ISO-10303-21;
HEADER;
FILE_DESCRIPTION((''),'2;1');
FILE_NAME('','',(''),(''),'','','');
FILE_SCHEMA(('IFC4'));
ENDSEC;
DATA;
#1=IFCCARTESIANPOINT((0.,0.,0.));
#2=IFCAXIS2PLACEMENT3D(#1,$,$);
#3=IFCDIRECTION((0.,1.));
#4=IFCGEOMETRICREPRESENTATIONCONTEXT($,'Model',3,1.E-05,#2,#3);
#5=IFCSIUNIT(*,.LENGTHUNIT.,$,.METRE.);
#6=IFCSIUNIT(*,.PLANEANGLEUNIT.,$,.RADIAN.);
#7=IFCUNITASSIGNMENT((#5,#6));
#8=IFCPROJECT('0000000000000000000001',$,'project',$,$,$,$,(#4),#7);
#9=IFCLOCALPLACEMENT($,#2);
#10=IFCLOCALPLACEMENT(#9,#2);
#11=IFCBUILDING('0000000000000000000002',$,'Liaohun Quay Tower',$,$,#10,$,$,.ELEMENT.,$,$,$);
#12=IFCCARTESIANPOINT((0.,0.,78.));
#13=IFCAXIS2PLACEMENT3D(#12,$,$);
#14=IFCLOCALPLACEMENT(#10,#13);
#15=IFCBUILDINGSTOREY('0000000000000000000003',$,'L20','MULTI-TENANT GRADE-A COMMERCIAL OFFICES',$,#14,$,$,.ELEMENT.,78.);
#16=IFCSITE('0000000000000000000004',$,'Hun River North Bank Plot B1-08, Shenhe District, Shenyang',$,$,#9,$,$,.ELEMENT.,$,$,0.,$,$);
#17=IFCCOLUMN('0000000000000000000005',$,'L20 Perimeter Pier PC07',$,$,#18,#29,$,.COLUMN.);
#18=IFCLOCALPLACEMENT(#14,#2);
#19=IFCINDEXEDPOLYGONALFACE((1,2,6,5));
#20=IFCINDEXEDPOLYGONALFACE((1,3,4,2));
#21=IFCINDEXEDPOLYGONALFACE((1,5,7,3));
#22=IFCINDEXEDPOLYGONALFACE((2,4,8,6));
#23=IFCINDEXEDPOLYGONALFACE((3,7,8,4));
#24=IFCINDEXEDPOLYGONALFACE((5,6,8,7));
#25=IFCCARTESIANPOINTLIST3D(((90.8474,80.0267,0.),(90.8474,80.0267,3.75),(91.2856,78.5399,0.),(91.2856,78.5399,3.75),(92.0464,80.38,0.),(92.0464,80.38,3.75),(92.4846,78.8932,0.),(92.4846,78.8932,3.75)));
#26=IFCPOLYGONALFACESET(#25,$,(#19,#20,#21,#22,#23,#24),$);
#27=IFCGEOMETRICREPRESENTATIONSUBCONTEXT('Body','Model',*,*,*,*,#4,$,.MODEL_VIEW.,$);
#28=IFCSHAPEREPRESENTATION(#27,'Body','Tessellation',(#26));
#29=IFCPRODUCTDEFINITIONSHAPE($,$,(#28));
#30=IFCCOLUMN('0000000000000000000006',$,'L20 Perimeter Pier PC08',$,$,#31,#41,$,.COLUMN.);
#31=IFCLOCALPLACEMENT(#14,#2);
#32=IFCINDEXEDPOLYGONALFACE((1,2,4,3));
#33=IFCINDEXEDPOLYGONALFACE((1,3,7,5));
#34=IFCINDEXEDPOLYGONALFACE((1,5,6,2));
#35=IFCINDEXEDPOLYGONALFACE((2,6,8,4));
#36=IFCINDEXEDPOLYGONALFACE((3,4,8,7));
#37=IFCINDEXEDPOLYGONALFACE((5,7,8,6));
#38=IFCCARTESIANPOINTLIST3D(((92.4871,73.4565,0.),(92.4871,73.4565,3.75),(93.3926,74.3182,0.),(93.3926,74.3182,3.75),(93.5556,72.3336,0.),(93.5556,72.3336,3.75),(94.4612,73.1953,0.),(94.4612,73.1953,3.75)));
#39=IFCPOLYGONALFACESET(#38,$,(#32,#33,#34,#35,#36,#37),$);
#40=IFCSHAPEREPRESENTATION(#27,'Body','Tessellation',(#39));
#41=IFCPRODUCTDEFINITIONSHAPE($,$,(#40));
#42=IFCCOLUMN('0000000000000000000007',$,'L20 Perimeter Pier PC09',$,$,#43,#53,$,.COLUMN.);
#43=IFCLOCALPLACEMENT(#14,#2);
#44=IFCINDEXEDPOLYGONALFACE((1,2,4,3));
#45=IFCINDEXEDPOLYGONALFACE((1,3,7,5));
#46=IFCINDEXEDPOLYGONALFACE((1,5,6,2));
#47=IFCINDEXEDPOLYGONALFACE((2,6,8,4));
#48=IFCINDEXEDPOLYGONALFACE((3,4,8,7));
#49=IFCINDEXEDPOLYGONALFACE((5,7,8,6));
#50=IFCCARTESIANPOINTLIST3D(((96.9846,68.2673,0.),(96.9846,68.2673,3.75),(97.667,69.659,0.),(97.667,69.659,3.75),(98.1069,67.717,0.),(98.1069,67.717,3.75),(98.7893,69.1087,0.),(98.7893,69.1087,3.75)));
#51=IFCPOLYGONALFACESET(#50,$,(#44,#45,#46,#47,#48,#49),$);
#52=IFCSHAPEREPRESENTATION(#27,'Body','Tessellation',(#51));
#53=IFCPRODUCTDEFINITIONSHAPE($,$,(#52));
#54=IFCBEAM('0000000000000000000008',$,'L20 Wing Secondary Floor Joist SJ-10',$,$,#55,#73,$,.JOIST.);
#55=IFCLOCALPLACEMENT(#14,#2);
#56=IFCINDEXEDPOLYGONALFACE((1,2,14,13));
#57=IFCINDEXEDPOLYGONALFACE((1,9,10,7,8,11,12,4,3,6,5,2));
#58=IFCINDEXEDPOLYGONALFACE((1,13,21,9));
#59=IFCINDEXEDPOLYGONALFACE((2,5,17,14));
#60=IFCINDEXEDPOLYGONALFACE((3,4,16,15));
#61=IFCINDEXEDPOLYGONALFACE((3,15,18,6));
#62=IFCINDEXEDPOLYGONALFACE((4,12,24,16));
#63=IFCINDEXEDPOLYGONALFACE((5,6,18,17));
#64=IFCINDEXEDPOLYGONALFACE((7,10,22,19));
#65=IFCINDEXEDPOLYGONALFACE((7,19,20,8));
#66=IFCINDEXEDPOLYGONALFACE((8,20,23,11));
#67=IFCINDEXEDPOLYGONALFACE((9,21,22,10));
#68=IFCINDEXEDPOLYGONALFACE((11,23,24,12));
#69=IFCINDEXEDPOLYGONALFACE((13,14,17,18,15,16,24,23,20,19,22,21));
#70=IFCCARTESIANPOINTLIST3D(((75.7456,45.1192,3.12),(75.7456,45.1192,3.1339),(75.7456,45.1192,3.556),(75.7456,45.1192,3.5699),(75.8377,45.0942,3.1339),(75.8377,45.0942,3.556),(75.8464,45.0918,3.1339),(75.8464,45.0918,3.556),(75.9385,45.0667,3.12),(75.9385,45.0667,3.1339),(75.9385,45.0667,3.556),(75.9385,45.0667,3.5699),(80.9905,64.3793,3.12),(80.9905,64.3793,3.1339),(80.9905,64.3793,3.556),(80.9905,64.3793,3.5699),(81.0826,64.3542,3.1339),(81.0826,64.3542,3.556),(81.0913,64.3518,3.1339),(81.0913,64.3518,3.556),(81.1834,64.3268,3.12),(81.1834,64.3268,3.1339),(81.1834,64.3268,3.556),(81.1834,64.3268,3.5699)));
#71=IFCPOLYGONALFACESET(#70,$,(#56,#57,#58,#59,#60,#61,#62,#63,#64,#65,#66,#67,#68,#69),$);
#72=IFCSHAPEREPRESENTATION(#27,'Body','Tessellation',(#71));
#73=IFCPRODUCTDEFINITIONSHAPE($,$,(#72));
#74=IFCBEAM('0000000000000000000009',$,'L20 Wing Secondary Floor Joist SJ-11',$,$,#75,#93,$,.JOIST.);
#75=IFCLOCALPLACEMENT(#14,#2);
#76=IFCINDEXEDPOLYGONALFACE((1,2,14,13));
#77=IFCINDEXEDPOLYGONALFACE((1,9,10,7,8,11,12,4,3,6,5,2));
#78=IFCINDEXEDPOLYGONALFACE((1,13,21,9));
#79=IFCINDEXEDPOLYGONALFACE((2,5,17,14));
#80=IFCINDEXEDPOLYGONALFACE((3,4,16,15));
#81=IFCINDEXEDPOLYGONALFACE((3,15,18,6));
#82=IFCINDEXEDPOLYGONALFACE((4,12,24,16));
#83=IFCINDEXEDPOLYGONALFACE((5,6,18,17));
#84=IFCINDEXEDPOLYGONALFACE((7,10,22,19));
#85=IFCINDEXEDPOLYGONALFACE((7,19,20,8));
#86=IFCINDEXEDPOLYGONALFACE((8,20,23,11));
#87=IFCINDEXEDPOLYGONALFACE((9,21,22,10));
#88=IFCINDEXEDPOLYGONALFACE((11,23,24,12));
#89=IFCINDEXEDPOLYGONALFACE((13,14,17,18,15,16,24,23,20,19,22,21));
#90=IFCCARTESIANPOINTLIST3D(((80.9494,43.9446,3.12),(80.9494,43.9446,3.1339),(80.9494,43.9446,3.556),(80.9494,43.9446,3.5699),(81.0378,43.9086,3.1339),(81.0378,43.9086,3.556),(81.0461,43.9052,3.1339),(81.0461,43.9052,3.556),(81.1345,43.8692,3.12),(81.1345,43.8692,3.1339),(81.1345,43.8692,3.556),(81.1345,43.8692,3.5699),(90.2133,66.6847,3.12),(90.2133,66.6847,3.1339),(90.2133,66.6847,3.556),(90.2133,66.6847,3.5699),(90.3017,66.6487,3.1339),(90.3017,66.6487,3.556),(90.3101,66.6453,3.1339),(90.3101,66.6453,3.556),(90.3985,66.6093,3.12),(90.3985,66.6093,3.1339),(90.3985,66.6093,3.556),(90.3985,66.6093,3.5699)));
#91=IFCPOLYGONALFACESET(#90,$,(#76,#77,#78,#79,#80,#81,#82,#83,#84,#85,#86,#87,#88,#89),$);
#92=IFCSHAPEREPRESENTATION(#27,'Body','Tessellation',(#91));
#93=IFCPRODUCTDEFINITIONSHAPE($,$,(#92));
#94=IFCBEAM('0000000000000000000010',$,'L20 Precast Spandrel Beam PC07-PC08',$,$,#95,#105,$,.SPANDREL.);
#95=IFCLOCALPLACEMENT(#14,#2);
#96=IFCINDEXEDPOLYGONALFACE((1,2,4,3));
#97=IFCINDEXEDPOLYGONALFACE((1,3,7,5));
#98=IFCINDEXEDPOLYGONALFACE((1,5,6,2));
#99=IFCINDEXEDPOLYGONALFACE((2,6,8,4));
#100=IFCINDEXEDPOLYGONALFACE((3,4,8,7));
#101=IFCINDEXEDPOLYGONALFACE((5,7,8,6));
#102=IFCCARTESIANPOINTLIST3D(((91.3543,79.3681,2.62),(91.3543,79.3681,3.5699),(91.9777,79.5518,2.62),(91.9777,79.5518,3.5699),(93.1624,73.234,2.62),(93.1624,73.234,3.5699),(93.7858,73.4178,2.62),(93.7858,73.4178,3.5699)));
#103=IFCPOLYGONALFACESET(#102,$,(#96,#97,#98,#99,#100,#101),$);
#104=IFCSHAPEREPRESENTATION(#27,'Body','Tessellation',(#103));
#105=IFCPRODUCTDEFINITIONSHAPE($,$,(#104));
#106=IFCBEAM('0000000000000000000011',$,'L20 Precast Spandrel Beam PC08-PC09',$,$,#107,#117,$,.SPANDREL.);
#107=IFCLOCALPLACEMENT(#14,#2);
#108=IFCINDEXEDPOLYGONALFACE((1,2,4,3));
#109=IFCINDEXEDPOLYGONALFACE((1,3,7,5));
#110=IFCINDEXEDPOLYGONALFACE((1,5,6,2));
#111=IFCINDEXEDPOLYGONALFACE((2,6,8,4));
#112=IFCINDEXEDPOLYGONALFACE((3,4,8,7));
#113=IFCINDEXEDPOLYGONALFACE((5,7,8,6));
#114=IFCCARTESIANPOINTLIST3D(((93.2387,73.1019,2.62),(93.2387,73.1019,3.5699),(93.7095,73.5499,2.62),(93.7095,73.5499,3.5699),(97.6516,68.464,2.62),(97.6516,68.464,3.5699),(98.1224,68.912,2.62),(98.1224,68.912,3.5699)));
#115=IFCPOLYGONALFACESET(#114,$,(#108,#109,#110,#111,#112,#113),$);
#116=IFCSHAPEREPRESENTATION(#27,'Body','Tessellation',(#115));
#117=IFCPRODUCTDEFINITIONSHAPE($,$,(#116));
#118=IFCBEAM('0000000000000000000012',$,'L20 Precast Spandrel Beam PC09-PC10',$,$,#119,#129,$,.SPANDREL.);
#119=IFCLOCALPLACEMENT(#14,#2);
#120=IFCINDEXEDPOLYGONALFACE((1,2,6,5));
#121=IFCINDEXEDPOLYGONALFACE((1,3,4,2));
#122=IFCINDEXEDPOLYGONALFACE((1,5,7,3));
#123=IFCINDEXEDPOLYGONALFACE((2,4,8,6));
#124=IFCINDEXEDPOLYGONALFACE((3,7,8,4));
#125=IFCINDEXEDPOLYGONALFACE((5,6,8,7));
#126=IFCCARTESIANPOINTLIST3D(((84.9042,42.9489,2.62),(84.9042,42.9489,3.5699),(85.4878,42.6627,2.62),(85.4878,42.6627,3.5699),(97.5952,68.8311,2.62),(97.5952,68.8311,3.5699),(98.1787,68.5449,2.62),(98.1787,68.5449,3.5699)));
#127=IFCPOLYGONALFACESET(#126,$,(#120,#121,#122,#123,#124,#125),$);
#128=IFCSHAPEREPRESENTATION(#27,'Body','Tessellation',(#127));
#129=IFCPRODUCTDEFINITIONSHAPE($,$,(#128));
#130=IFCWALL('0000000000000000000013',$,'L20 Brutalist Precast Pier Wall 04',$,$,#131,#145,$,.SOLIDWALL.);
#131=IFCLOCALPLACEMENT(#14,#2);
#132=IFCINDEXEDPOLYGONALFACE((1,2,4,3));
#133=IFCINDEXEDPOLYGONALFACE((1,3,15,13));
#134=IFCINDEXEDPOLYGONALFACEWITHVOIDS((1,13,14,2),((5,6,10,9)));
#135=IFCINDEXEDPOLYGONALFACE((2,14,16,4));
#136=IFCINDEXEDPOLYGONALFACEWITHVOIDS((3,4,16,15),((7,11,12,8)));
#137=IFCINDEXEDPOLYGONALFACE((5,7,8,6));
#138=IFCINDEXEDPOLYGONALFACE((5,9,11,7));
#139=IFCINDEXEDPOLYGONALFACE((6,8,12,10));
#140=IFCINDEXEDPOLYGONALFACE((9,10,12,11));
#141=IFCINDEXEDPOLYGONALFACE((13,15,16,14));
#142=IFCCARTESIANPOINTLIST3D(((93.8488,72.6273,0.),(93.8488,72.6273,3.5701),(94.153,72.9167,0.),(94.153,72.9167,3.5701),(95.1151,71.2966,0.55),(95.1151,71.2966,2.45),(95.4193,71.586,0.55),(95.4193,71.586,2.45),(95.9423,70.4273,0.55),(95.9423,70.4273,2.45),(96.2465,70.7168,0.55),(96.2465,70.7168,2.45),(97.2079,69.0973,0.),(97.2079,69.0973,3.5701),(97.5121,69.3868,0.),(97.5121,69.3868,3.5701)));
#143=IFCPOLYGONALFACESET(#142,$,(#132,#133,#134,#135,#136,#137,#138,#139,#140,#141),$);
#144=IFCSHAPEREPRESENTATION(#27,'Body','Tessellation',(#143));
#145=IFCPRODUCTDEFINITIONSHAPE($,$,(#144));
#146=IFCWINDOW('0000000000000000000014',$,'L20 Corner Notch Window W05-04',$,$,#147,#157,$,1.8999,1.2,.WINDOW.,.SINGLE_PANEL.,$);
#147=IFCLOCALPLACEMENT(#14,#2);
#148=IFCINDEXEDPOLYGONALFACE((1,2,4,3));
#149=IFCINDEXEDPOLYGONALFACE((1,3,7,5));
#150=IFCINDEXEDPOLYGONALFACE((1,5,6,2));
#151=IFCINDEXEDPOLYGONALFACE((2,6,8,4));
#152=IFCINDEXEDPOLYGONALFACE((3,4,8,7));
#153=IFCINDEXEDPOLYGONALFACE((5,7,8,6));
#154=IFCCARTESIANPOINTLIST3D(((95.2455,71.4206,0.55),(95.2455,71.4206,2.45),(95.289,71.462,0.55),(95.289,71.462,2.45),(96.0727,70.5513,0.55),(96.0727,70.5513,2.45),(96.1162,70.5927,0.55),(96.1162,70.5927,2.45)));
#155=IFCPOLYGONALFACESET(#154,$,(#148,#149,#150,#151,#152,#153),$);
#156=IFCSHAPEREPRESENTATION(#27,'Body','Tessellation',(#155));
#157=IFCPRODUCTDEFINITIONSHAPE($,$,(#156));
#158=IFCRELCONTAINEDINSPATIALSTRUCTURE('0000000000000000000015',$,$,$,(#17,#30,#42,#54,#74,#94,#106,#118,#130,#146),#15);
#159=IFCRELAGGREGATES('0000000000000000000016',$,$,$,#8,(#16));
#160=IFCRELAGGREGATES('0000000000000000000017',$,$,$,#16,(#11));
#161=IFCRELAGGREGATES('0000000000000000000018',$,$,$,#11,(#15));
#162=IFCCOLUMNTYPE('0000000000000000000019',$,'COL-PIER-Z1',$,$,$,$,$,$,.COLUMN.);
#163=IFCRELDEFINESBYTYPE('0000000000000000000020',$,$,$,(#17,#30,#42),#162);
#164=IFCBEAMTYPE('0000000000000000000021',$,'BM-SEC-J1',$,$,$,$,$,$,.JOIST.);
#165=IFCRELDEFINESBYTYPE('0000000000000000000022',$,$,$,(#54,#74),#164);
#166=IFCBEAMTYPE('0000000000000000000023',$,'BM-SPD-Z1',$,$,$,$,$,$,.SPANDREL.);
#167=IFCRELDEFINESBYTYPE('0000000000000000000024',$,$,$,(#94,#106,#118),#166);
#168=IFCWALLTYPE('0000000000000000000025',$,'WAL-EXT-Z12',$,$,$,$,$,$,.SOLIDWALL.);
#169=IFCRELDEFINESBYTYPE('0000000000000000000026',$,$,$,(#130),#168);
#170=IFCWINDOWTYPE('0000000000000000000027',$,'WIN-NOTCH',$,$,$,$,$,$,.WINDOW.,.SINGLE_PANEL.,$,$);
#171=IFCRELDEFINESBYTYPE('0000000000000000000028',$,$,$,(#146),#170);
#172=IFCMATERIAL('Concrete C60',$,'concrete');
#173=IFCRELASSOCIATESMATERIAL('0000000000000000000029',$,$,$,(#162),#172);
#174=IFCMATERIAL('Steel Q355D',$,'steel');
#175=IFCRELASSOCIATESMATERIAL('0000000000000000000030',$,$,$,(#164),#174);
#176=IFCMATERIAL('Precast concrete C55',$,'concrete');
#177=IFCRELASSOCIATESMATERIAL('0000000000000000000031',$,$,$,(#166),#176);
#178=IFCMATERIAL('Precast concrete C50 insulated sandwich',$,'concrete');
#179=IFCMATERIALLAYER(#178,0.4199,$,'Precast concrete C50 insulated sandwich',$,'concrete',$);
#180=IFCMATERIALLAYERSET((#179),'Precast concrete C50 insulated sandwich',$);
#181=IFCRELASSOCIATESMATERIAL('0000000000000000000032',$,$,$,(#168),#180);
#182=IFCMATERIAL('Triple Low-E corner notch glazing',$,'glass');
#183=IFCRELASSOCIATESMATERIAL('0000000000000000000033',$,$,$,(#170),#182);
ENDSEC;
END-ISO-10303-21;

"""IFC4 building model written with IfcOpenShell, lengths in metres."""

from ifc_helpers import new_model, si_unit, direction, frame, frame_2d, origin, origin_2d, place, context, subcontext, project, spatial, rectangle, i_section, extrude, source, transform, mapped, material, layer, layer_set, material_profile, profile_set, type_object, element, fill, save


model = new_model("IFC4")

# Units and contexts
model_context = context("Model", 3, precision=1e-05, world=origin(), true_north=direction((0.0, 1.0)))
body_context = subcontext(model_context, "Body", "Model", "MODEL_VIEW")
ifc_project = project(units=[si_unit("LENGTHUNIT", "METRE"), si_unit("PLANEANGLEUNIT", "RADIAN")], contexts=[model_context])

# Site, building, storey
site_placement = place(None, origin())
site = spatial("IfcSite", under=ifc_project, at=site_placement, Name="Hun River North Bank Plot B1-08, Shenhe District, Shenyang", CompositionType="ELEMENT", RefElevation=0.0)
building_placement = place(site_placement, origin())
building = spatial("IfcBuilding", under=site, at=building_placement, Name="Liaohun Quay Tower", CompositionType="ELEMENT")
storey_placement = place(building_placement, frame((0.0, 0.0, 78.0)))
storey = spatial("IfcBuildingStorey", under=building, at=storey_placement, Name="L20", Description="MULTI-TENANT GRADE-A COMMERCIAL OFFICES", CompositionType="ELEMENT", Elevation=78.0)

# Columns
ifc_material_1 = material(Name="Concrete C60", Category="concrete")
ifc_material_profile_1 = material_profile(ifc_material_1, rectangle(XDim=1.55, YDim=1.25, at=origin_2d()), Name="RC1550x1250")
ifc_profile_set_1 = profile_set([ifc_material_profile_1], Name="Concrete C60")
column_type = type_object("IfcColumnType", Name="COL-PIER-Z1", PredefinedType="COLUMN", material=ifc_profile_set_1)
shared_shape_1 = source(origin(), body_context, "Body", "SweptSolid", [
    extrude(rectangle(XDim=1.55, YDim=1.25, at=origin_2d()), origin(), (0.0, 0.0, 1.0), 3.75),
])
for number, where, z_axis, x_axis, name in (
    (1, (91.666, 79.46, 0.0), (0.0, 0.0, 1.0), (-0.282676, 0.959215, 0.0), "L20 Perimeter Pier PC07"),
    (2, (93.4741, 73.3259, 0.0), (0.0, 0.0, 1.0), (-0.689367, 0.724413, 0.0), "L20 Perimeter Pier PC08"),
    (3, (97.887, 68.688, 0.0), (0.0, 0.0, 1.0), (0.440253, 0.897874, 0.0), "L20 Perimeter Pier PC09"),
):
    element("IfcColumn", number, at=place(storey_placement, frame(where, z_axis=z_axis, x_axis=x_axis)), inside=storey, type_object=column_type, Name=name, PredefinedType="COLUMN", context=body_context, shape_type="MappedRepresentation", body=[
        mapped(shared_shape_1, transform((0.0, 0.0, 0.0), x_axis=(1.0, 0.0, 0.0), y_axis=(0.0, 1.0, 0.0), z_axis=(0.0, 0.0, 1.0), scale=1.0)),
    ])

# Beams
ifc_material_2 = material(Name="Steel Q355D", Category="steel")
ifc_material_profile_2 = material_profile(ifc_material_2, i_section(OverallWidth=0.2, OverallDepth=0.45, WebThickness=0.009, FlangeThickness=0.0139, at=origin_2d()), Name="HN450x200x9x14")
ifc_profile_set_2 = profile_set([ifc_material_profile_2], Name="Steel Q355D")
beam_type_1 = type_object("IfcBeamType", Name="BM-SEC-J1", PredefinedType="JOIST", material=ifc_profile_set_2)
shared_shape_2 = source(origin(), body_context, "Body", "SweptSolid", [
    extrude(i_section(OverallWidth=0.2, OverallDepth=0.45, WebThickness=0.009, FlangeThickness=0.0139, at=origin_2d()), origin(), (0.0, 0.0, 1.0), 19.9614),
])
beam_1_placement = place(storey_placement, frame((81.0869, 64.353, 3.345), z_axis=(-0.262751, -0.964864, 0.0), x_axis=(0.964864, -0.262751, 0.0)))
element("IfcBeam", 4, at=beam_1_placement, inside=storey, type_object=beam_type_1, Name="L20 Wing Secondary Floor Joist SJ-10", PredefinedType="JOIST", context=body_context, shape_type="MappedRepresentation", body=[
    mapped(shared_shape_2, transform((0.0, 0.0, 0.0), x_axis=(1.0, 0.0, 0.0), y_axis=(0.0, 1.0, 0.0), z_axis=(0.0, 0.0, 1.0), scale=1.0)),
])
shared_shape_3 = source(origin(), body_context, "Body", "SweptSolid", [
    extrude(i_section(OverallWidth=0.2, OverallDepth=0.45, WebThickness=0.009, FlangeThickness=0.0139, at=origin_2d()), origin(), (0.0, 0.0, 1.0), 24.5547),
])
beam_2_placement = place(storey_placement, frame((90.3059, 66.647, 3.345), z_axis=(-0.377279, -0.9261, 0.0), x_axis=(0.9261, -0.377279, 0.0)))
element("IfcBeam", 5, at=beam_2_placement, inside=storey, type_object=beam_type_1, Name="L20 Wing Secondary Floor Joist SJ-11", PredefinedType="JOIST", context=body_context, shape_type="MappedRepresentation", body=[
    mapped(shared_shape_3, transform((0.0, 0.0, 0.0), x_axis=(1.0, 0.0, 0.0), y_axis=(0.0, 1.0, 0.0), z_axis=(0.0, 0.0, 1.0), scale=1.0)),
])
ifc_material_3 = material(Name="Precast concrete C55", Category="concrete")
ifc_material_profile_3 = material_profile(ifc_material_3, rectangle(XDim=0.6499, YDim=0.95, at=origin_2d()), Name="RC650x950")
ifc_profile_set_3 = profile_set([ifc_material_profile_3], Name="Precast concrete C55")
beam_type_2 = type_object("IfcBeamType", Name="BM-SPD-Z1", PredefinedType="SPANDREL", material=ifc_profile_set_3)
shared_shape_4 = source(origin(), body_context, "Body", "SweptSolid", [
    extrude(rectangle(XDim=0.6499, YDim=0.95, at=origin_2d()), origin(), (0.0, 0.0, 1.0), 6.395),
])
beam_3_placement = place(storey_placement, frame((91.666, 79.46, 3.095), z_axis=(0.282739, -0.959197, 0.0), x_axis=(0.959197, 0.282739, 0.0)))
element("IfcBeam", 6, at=beam_3_placement, inside=storey, type_object=beam_type_2, Name="L20 Precast Spandrel Beam PC07-PC08", PredefinedType="SPANDREL", context=body_context, shape_type="MappedRepresentation", body=[
    mapped(shared_shape_4, transform((0.0, 0.0, 0.0), x_axis=(1.0, 0.0, 0.0), y_axis=(0.0, 1.0, 0.0), z_axis=(0.0, 0.0, 1.0), scale=1.0)),
])
shared_shape_5 = source(origin(), body_context, "Body", "SweptSolid", [
    extrude(rectangle(XDim=0.6499, YDim=0.95, at=origin_2d()), origin(), (0.0, 0.0, 1.0), 6.4019),
])
beam_4_placement = place(storey_placement, frame((93.4741, 73.3259, 3.095), z_axis=(0.689308, -0.724469, 0.0), x_axis=(0.724469, 0.689308, 0.0)))
element("IfcBeam", 7, at=beam_4_placement, inside=storey, type_object=beam_type_2, Name="L20 Precast Spandrel Beam PC08-PC09", PredefinedType="SPANDREL", context=body_context, shape_type="MappedRepresentation", body=[
    mapped(shared_shape_5, transform((0.0, 0.0, 0.0), x_axis=(1.0, 0.0, 0.0), y_axis=(0.0, 1.0, 0.0), z_axis=(0.0, 0.0, 1.0), scale=1.0)),
])
shared_shape_6 = source(origin(), body_context, "Body", "SweptSolid", [
    extrude(rectangle(XDim=0.6499, YDim=0.95, at=origin_2d()), origin(), (0.0, 0.0, 1.0), 28.8262),
])
beam_5_placement = place(storey_placement, frame((97.887, 68.688, 3.095), z_axis=(-0.440259, -0.897871, 0.0), x_axis=(0.897871, -0.440259, 0.0)))
element("IfcBeam", 8, at=beam_5_placement, inside=storey, type_object=beam_type_2, Name="L20 Precast Spandrel Beam PC09-PC10", PredefinedType="SPANDREL", context=body_context, shape_type="MappedRepresentation", body=[
    mapped(shared_shape_6, transform((0.0, 0.0, 0.0), x_axis=(1.0, 0.0, 0.0), y_axis=(0.0, 1.0, 0.0), z_axis=(0.0, 0.0, 1.0), scale=1.0)),
])

# Wall, opening, window
ifc_material_4 = material(Name="Precast concrete C50 insulated sandwich", Category="concrete")
ifc_layer_1 = layer(ifc_material_4, 0.4199, Name="Precast concrete C50 insulated sandwich", Category="concrete")
ifc_layer_set_1 = layer_set([ifc_layer_1], Name="Precast concrete C50 insulated sandwich")
wall_type_1 = type_object("IfcWallType", Name="WAL-EXT-Z12", PredefinedType="SOLIDWALL", material=ifc_layer_set_1)
wall_1_placement = place(storey_placement, frame((97.3601, 69.2419, 0.0), z_axis=(0.0, 0.0, 1.0), x_axis=(-0.689354, 0.724425, 0.0)))
wall_1 = element("IfcWall", 9, at=wall_1_placement, inside=storey, type_object=wall_type_1, Name="L20 Brutalist Precast Pier Wall 04", PredefinedType="SOLIDWALL", context=body_context, shape_type="SweptSolid", body=[
    extrude(rectangle(XDim=4.8728, YDim=0.4199, at=frame_2d((2.4365, 0.0))), origin(), (0.0, 0.0, 1.0), 3.5701),
])
shared_shape_7 = source(origin(), body_context, "Body", "SweptSolid", [
    extrude(rectangle(XDim=1.2, YDim=1.8999, at=frame_2d((0.6001, 0.95))), frame((0.0, 0.22, 0.0), z_axis=(0.0, -1.0, 0.0), x_axis=(1.0, 0.0, 0.0)), (0.0, 0.0, 1.0), 0.4399),
])
opening_1_placement = place(wall_1_placement, frame((1.8359, 0.0, 0.55)))
opening_1 = element("IfcOpeningElement", 10, at=opening_1_placement, cuts=wall_1, PredefinedType="OPENING", context=body_context, shape_type="MappedRepresentation", body=[
    mapped(shared_shape_7, transform((0.0, 0.0, 0.0), x_axis=(1.0, 0.0, 0.0), y_axis=(0.0, 1.0, 0.0), z_axis=(0.0, 0.0, 1.0), scale=1.0)),
])
ifc_material_5 = material(Name="Triple Low-E corner notch glazing", Category="glass")
window_type_1 = type_object("IfcWindowType", Name="WIN-NOTCH", PartitioningType="SINGLE_PANEL", PredefinedType="WINDOW", material=ifc_material_5)
shared_shape_8 = source(origin(), body_context, "Body", "SweptSolid", [
    extrude(rectangle(XDim=1.2, YDim=1.8999, at=frame_2d((0.6001, 0.95))), frame((0.0, 0.03, 0.0), z_axis=(0.0, -1.0, 0.0), x_axis=(1.0, 0.0, 0.0)), (0.0, 0.0, 1.0), 0.0601),
])
window_1_placement = place(opening_1_placement, origin())
window_1 = element("IfcWindow", 11, at=window_1_placement, inside=storey, type_object=window_type_1, Name="L20 Corner Notch Window W05-04", OverallHeight=1.8999, OverallWidth=1.2, PartitioningType="SINGLE_PANEL", PredefinedType="WINDOW", context=body_context, shape_type="MappedRepresentation", body=[
    mapped(shared_shape_8, transform((0.0, 0.0, 0.0), x_axis=(1.0, 0.0, 0.0), y_axis=(0.0, 1.0, 0.0), z_axis=(0.0, 0.0, 1.0), scale=1.0)),
])
fill(opening_1, window_1)

save(model, "model.ifc")
